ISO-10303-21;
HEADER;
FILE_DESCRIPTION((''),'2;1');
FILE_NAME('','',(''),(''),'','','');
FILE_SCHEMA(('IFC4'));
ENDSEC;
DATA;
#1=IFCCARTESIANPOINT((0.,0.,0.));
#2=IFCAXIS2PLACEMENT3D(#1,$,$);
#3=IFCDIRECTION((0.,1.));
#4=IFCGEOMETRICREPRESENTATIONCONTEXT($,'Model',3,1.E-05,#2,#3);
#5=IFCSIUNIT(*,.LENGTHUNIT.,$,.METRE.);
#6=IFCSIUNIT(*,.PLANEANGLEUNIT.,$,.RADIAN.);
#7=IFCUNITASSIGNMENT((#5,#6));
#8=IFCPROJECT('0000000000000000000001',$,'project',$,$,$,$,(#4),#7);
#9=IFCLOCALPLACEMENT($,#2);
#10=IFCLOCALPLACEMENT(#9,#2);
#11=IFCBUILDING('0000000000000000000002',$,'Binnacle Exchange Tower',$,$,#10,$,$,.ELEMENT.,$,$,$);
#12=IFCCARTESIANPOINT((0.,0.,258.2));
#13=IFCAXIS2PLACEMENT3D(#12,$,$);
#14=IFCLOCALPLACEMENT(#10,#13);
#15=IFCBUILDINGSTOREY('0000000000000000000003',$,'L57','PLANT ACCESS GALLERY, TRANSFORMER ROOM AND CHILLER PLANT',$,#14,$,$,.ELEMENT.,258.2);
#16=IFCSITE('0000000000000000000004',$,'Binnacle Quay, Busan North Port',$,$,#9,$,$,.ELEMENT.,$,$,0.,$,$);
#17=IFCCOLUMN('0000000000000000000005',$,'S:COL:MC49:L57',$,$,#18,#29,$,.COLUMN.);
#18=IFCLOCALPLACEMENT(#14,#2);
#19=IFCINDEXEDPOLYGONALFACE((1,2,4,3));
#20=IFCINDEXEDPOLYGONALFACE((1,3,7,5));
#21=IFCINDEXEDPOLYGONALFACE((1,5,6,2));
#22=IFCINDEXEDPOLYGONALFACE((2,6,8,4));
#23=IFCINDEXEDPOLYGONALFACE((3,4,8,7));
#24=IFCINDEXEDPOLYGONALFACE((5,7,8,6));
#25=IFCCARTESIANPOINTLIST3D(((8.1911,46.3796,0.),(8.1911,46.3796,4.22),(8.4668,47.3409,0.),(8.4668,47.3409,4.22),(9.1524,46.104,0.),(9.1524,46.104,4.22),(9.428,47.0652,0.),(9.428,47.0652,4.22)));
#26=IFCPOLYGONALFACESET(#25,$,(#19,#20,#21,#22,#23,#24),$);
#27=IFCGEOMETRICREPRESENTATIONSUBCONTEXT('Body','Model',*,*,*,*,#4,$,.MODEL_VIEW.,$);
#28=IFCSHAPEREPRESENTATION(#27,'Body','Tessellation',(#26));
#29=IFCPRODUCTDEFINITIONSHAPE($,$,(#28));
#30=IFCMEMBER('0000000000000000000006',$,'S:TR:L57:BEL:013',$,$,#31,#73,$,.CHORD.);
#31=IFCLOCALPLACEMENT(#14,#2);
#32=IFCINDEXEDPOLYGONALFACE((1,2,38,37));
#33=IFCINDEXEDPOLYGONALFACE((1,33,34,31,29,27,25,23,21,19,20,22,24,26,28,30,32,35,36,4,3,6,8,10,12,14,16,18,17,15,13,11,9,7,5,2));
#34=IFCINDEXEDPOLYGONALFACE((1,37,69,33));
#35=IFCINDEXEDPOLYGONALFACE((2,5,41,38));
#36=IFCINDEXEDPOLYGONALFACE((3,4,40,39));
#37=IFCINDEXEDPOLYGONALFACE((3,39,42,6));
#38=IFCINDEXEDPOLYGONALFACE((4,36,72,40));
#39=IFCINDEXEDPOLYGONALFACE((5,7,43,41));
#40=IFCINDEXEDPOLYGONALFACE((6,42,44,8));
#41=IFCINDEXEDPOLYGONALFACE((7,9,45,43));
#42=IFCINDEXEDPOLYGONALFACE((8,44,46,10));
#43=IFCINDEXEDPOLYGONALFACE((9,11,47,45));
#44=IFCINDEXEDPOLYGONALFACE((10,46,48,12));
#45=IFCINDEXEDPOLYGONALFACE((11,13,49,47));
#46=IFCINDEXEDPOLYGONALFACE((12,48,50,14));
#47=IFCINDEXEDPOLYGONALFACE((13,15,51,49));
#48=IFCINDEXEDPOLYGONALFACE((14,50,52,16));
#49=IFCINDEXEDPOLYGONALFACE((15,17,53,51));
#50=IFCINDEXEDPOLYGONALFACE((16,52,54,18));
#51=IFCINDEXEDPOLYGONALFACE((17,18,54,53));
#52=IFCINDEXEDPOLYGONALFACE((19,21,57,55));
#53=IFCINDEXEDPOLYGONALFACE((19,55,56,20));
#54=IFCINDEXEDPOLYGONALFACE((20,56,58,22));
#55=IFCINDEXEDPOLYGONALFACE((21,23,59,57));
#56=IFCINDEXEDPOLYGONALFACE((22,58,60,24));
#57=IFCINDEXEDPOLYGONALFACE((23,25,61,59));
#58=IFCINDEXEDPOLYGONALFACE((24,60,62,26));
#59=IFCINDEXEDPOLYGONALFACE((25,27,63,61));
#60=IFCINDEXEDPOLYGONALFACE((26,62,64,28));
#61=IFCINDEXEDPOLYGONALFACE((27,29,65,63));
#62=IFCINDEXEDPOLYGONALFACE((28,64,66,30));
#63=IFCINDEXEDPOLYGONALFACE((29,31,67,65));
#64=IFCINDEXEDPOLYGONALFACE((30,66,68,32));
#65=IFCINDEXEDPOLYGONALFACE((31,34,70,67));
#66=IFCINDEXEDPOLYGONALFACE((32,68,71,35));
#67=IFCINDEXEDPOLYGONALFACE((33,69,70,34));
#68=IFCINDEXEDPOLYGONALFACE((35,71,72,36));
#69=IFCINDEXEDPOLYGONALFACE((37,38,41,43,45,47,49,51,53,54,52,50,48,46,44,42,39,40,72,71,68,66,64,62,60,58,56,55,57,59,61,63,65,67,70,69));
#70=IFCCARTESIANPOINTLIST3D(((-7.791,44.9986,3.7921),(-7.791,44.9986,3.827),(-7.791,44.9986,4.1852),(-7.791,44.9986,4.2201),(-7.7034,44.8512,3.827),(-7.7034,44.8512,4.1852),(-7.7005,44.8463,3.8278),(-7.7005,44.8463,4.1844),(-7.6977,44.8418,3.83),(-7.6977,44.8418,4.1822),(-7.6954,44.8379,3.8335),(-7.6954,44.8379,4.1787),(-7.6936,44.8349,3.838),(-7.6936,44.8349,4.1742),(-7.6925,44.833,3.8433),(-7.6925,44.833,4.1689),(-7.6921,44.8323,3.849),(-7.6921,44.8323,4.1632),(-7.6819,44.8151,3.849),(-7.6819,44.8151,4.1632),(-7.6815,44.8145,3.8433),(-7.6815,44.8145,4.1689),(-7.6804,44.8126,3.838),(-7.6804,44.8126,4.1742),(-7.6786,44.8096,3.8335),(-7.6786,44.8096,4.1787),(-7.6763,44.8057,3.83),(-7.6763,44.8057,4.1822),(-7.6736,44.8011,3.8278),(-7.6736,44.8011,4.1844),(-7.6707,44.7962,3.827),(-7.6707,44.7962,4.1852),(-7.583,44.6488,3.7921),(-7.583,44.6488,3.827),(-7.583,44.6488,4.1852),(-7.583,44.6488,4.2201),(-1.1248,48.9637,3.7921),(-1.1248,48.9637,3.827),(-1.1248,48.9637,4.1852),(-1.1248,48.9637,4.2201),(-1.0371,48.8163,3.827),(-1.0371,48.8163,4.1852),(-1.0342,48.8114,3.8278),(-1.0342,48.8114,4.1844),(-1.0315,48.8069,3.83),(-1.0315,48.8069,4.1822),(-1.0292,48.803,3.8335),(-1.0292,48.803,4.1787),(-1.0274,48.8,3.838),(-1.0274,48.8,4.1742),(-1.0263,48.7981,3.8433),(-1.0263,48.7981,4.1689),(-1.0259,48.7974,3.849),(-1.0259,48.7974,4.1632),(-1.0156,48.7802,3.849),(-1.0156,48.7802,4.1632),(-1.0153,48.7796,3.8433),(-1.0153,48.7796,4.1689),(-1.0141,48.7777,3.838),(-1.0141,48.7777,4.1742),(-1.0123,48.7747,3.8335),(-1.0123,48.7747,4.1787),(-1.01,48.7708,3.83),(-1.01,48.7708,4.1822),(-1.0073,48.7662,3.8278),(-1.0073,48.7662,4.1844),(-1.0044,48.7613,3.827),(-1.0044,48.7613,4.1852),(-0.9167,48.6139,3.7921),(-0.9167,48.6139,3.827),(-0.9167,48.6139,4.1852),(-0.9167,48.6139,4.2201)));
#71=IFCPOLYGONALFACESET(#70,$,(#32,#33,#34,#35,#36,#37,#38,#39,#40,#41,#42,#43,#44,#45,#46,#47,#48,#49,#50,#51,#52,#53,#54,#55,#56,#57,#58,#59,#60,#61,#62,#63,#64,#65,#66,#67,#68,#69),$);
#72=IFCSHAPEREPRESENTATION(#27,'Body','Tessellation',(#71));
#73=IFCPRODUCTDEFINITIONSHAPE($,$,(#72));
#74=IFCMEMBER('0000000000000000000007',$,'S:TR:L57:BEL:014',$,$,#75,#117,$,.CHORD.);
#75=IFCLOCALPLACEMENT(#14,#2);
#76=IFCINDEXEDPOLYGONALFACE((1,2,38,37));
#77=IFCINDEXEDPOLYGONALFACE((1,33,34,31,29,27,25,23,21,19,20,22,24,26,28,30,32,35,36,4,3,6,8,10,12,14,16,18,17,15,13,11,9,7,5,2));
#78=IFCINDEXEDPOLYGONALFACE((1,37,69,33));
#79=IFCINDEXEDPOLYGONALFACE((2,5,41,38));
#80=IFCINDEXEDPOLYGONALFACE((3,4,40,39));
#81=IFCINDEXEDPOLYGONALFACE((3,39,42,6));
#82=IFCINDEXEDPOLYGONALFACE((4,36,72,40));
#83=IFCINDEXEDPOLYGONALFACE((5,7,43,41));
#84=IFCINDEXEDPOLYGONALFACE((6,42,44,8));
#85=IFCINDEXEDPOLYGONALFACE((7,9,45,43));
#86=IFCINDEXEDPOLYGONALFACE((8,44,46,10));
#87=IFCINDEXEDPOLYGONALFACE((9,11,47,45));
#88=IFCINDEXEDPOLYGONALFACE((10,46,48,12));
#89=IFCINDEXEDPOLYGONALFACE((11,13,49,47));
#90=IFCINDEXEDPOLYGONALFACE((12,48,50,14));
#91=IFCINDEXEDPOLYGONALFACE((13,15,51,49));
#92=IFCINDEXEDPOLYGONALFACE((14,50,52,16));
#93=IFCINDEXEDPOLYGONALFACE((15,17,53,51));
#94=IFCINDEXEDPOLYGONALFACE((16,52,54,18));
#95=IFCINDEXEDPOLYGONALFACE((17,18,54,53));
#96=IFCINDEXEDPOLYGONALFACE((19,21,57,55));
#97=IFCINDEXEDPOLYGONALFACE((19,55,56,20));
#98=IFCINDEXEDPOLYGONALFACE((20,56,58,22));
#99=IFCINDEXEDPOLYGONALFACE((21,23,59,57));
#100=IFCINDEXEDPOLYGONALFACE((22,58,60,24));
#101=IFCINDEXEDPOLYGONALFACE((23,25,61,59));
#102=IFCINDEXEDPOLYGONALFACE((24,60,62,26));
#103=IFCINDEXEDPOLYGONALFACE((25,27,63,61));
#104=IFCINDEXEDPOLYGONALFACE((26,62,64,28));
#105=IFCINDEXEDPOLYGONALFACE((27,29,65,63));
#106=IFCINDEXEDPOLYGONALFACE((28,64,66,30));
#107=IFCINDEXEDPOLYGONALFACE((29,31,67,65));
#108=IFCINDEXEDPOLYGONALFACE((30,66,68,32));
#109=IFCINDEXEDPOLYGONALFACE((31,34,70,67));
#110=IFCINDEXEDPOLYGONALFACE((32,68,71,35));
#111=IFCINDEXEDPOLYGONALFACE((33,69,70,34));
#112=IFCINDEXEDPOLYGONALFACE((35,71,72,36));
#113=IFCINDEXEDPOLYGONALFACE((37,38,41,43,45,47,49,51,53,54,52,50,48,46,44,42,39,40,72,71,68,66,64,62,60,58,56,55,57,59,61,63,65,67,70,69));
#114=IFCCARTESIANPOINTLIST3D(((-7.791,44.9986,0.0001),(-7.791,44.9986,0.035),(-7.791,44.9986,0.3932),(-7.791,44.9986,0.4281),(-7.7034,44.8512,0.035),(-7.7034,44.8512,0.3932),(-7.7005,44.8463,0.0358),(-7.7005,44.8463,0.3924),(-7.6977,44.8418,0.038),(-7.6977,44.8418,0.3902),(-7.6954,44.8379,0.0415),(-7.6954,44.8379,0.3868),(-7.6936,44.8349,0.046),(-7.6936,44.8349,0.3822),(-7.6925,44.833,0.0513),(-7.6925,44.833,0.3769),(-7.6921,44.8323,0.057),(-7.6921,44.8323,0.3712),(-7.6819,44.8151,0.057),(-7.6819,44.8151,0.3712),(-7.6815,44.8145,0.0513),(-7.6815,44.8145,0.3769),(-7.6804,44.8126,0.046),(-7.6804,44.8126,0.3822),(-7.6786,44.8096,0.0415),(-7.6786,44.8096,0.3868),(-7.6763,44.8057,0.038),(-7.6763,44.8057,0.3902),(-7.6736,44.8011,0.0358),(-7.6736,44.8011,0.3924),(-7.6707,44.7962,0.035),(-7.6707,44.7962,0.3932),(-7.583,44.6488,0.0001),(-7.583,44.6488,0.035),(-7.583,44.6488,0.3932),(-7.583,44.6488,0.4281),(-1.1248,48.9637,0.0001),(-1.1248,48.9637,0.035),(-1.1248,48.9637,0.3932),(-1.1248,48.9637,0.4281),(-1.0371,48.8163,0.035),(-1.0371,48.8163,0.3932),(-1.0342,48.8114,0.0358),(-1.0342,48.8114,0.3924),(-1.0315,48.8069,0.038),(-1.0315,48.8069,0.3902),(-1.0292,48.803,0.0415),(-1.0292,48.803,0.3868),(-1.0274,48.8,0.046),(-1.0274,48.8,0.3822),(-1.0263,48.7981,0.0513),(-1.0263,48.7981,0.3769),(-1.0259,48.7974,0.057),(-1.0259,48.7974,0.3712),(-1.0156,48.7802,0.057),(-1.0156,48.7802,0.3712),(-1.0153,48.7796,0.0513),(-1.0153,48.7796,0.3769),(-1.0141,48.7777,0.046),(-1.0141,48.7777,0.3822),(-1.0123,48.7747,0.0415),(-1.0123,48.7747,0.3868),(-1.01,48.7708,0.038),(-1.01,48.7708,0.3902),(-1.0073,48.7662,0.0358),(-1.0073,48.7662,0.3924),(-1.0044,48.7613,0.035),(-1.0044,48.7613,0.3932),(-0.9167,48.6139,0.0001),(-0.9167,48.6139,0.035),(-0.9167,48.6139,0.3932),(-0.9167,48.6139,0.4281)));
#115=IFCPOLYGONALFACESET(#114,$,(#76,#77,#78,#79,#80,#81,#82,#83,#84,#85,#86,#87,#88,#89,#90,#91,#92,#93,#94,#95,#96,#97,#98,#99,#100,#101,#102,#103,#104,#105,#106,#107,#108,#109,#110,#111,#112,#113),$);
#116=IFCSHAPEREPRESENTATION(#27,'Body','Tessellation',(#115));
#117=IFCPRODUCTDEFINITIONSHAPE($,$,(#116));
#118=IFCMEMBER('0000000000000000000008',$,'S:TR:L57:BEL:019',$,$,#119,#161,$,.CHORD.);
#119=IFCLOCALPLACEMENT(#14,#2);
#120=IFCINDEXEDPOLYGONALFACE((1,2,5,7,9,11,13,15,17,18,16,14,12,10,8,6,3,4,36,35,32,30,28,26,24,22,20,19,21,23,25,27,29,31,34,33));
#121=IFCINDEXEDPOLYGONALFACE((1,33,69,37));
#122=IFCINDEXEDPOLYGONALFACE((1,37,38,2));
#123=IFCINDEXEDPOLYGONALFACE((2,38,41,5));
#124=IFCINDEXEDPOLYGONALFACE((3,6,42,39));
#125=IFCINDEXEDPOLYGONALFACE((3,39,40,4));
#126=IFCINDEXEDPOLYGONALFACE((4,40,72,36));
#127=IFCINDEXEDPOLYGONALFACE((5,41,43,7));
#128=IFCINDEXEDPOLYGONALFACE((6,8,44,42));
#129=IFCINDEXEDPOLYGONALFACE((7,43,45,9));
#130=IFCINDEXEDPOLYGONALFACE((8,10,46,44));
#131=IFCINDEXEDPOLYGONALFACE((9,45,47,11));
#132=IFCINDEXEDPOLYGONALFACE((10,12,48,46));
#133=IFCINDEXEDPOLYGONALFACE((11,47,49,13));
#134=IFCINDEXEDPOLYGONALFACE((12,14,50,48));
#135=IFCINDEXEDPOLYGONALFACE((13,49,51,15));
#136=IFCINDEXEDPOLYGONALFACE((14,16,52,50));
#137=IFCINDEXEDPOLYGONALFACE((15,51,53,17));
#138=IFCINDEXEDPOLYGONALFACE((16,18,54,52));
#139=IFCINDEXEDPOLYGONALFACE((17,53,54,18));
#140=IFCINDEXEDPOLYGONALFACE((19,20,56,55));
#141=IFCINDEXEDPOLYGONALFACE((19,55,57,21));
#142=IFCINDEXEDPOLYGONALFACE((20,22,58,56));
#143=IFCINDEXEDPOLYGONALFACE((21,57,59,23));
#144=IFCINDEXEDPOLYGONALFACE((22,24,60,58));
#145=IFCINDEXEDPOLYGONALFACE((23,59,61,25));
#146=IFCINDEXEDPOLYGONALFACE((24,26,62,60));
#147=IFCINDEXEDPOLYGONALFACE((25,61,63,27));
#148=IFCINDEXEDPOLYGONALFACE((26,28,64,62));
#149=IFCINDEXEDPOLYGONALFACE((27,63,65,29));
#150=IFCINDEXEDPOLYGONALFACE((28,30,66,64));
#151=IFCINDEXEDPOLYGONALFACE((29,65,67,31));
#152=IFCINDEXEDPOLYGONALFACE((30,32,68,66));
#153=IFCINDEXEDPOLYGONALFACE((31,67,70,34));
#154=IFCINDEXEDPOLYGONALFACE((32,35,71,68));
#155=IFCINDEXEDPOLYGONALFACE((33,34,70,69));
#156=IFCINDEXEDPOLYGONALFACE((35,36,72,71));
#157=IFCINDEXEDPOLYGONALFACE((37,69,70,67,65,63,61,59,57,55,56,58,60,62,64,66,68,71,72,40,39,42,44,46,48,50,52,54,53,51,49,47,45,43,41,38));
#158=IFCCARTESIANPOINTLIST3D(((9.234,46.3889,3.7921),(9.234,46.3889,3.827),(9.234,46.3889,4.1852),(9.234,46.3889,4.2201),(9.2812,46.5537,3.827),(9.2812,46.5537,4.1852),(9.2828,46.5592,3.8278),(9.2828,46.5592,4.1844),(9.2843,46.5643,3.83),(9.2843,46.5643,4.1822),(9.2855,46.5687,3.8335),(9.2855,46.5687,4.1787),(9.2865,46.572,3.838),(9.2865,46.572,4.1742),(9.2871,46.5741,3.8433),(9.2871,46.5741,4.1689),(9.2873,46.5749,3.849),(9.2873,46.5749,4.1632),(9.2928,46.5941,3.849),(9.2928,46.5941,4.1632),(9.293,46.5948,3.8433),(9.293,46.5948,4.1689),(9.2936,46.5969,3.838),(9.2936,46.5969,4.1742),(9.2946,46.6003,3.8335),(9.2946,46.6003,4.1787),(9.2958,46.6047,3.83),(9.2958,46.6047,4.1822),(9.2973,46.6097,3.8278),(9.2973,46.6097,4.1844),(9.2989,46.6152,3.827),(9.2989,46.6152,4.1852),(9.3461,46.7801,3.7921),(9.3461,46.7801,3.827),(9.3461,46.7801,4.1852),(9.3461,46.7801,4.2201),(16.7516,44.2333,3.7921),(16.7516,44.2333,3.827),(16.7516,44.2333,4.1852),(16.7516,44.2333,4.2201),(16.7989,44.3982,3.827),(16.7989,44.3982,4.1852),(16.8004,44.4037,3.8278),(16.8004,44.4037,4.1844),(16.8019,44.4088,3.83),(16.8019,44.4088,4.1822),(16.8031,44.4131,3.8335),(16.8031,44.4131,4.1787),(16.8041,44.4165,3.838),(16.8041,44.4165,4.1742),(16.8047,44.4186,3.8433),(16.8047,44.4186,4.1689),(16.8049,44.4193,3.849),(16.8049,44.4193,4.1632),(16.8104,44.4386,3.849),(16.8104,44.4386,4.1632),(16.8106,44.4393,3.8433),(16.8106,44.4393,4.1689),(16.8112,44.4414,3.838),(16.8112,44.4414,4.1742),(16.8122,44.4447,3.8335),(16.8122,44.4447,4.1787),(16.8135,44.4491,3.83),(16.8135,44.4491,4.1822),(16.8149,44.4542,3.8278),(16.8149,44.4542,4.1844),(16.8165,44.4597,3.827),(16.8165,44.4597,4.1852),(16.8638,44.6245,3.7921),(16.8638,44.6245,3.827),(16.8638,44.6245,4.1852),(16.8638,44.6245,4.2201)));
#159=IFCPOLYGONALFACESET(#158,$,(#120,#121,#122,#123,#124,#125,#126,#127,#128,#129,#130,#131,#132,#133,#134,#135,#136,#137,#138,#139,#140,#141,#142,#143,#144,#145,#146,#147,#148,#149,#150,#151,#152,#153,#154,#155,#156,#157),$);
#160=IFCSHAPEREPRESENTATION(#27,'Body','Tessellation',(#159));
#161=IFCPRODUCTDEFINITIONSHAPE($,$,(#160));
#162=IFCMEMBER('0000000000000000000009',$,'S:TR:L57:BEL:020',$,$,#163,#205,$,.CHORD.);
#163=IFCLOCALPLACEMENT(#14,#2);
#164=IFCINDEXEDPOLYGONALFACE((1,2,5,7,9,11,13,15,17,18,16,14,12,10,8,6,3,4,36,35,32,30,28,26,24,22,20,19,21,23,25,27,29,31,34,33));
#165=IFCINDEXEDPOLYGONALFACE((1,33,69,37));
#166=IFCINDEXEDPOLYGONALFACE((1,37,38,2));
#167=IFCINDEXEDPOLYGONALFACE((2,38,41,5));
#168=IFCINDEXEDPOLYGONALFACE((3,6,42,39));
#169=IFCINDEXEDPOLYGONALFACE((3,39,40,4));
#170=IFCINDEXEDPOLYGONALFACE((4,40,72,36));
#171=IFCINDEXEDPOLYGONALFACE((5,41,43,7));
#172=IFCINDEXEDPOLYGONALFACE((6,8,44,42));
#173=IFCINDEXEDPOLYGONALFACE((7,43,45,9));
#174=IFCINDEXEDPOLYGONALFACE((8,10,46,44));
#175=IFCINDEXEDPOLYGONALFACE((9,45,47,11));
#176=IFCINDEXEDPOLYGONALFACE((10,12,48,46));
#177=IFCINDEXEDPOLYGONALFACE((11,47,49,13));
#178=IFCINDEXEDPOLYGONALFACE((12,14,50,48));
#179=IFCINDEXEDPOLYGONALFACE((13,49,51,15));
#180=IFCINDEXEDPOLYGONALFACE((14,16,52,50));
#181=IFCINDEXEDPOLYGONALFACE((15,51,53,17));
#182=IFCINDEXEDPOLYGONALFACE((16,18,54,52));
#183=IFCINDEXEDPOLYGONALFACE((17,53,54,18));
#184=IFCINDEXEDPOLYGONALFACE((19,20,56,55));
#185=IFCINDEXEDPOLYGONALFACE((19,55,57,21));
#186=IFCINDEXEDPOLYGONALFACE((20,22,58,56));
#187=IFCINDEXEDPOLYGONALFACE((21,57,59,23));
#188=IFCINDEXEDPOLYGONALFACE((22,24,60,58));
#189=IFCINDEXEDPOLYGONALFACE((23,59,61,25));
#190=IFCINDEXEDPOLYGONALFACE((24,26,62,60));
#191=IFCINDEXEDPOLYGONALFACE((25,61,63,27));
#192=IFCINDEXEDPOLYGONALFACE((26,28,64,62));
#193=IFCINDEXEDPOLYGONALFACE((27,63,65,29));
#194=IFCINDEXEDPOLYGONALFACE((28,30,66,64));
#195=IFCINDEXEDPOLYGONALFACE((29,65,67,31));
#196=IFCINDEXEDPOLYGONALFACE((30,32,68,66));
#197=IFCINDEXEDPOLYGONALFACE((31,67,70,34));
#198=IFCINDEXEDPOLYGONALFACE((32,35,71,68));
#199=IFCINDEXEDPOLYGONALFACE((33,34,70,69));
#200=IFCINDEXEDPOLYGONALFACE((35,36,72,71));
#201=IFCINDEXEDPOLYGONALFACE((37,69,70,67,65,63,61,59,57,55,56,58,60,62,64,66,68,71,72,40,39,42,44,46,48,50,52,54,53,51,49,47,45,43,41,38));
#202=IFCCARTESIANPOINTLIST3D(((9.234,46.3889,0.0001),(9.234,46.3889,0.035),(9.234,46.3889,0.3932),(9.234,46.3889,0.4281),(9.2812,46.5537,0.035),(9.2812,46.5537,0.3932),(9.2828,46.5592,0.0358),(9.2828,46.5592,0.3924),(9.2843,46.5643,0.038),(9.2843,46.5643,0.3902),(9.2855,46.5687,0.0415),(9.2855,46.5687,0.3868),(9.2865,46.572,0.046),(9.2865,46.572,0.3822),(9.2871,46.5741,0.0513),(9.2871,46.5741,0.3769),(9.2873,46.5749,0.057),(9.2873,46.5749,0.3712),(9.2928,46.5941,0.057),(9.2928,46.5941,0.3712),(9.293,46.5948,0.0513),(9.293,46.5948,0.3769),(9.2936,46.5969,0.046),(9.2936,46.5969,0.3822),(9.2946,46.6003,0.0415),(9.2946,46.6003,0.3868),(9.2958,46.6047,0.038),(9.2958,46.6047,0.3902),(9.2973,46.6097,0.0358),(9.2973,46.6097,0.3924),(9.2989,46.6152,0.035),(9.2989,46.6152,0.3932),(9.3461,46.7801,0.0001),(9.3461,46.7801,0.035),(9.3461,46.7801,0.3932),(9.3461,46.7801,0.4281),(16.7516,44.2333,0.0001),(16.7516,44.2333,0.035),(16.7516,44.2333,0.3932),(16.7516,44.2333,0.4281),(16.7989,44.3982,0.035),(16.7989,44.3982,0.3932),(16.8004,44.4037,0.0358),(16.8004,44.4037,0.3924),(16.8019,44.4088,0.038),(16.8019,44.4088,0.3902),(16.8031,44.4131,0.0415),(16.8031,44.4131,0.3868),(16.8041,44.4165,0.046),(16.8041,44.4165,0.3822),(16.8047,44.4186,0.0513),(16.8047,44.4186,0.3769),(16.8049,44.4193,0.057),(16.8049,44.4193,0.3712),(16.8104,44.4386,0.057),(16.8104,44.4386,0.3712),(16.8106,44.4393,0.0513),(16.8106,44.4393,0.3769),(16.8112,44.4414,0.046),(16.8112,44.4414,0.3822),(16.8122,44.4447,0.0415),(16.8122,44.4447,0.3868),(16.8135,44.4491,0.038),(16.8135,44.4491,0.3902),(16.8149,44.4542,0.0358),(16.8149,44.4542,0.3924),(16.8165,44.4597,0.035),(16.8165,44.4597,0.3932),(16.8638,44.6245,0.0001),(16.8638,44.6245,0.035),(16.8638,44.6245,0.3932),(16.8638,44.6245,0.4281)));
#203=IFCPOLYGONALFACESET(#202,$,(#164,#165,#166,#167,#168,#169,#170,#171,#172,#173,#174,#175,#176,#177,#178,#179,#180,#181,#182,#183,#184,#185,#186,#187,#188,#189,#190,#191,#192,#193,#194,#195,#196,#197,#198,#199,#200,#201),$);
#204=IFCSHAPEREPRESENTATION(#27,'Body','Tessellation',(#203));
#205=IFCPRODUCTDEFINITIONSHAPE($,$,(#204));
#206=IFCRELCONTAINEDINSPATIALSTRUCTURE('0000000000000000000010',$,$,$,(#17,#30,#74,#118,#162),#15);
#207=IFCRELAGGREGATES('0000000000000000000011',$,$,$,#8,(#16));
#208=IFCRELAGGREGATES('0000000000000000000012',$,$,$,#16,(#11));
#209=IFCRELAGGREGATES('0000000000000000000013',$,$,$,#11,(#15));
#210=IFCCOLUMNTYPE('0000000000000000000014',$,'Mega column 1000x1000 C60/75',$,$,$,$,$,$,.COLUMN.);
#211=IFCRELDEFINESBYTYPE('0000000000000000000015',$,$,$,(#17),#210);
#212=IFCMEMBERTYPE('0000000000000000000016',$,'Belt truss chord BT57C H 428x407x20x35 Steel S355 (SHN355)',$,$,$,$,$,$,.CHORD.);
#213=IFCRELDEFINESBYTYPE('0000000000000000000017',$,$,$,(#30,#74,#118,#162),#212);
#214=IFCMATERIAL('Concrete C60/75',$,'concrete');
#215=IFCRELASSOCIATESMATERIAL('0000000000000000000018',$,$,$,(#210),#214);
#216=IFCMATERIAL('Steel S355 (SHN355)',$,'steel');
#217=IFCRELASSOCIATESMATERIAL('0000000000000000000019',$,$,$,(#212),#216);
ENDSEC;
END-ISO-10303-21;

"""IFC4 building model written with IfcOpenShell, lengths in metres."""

from ifc_helpers import new_model, si_unit, direction, frame, origin, origin_2d, place, context, subcontext, project, spatial, rectangle, i_section, extrude, material, material_profile, profile_set, type_object, element, save


model = new_model("IFC4")

# Units and contexts
model_context = context("Model", 3, precision=1e-05, world=origin(), true_north=direction((0.0, 1.0)))
body_context = subcontext(model_context, "Body", "Model", "MODEL_VIEW")
ifc_project = project(units=[si_unit("LENGTHUNIT", "METRE"), si_unit("PLANEANGLEUNIT", "RADIAN")], contexts=[model_context])

# Site, building, storey
site_placement = place(None, origin())
site = spatial("IfcSite", under=ifc_project, at=site_placement, Name="Binnacle Quay, Busan North Port", CompositionType="ELEMENT", RefElevation=0.0)
building_placement = place(site_placement, origin())
building = spatial("IfcBuilding", under=site, at=building_placement, Name="Binnacle Exchange Tower", CompositionType="ELEMENT")
storey_placement = place(building_placement, frame((0.0, 0.0, 258.2)))
storey = spatial("IfcBuildingStorey", under=building, at=storey_placement, Name="L57", Description="PLANT ACCESS GALLERY, TRANSFORMER ROOM AND CHILLER PLANT", CompositionType="ELEMENT", Elevation=258.2)

# Column
ifc_material_1 = material(Name="Concrete C60/75", Category="concrete")
ifc_material_profile_1 = material_profile(ifc_material_1, rectangle(XDim=1.0, YDim=1.0, at=origin_2d()), Name="Mega column 1000x1000 C60/75")
ifc_profile_set_1 = profile_set([ifc_material_profile_1], Name="Concrete C60/75")
column_type = type_object("IfcColumnType", Name="Mega column 1000x1000 C60/75", PredefinedType="COLUMN", material=ifc_profile_set_1)
column_placement = place(storey_placement, frame((8.8096, 46.7224, 0.0), z_axis=(0.0, 0.0, 1.0), x_axis=(0.961262, -0.275637, 0.0)))
element("IfcColumn", 1, at=column_placement, inside=storey, type_object=column_type, Name="S:COL:MC49:L57", PredefinedType="COLUMN", context=body_context, shape_type="SweptSolid", body=[
    extrude(rectangle(XDim=1.0, YDim=1.0, at=origin_2d()), origin(), (0.0, 0.0, 1.0), 4.22),
])

# Members
ifc_material_2 = material(Name="Steel S355 (SHN355)", Category="steel")
ifc_material_profile_2 = material_profile(ifc_material_2, i_section(OverallWidth=0.407, OverallDepth=0.428, WebThickness=0.02, FlangeThickness=0.0349, FilletRadius=0.022, at=origin_2d()), Name="H 428x407x20x35")
ifc_profile_set_2 = profile_set([ifc_material_profile_2], Name="Steel S355 (SHN355)")
member_type_1 = type_object("IfcMemberType", Name="Belt truss chord BT57C H 428x407x20x35 Steel S355 (SHN355)", PredefinedType="CHORD", material=ifc_profile_set_2)
for number, where, z_axis, x_axis, name in (
    (2, (-7.687, 44.8237, 4.0061), (0.859459, 0.511205, 0.0), (-0.511205, 0.859459, 0.0), "S:TR:L57:BEL:013"),
    (3, (-7.687, 44.8237, 0.2141), (0.859459, 0.511205, 0.0), (-0.511205, 0.859459, 0.0), "S:TR:L57:BEL:014"),
):
    element("IfcMember", number, at=place(storey_placement, frame(where, z_axis=z_axis, x_axis=x_axis)), inside=storey, type_object=member_type_1, Name=name, PredefinedType="CHORD", context=body_context, shape_type="SweptSolid", body=[
        extrude(i_section(OverallWidth=0.407, OverallDepth=0.428, WebThickness=0.02, FlangeThickness=0.0349, FilletRadius=0.022, at=origin_2d()), origin(), (0.0, 0.0, 1.0), 7.7563),
    ])
for number, where, z_axis, x_axis, name in (
    (4, (9.29, 46.5845, 4.0061), (0.961266, -0.275624, 0.0), (0.275624, 0.961266, 0.0), "S:TR:L57:BEL:019"),
    (5, (9.29, 46.5845, 0.2141), (0.961266, -0.275624, 0.0), (0.275624, 0.961266, 0.0), "S:TR:L57:BEL:020"),
):
    element("IfcMember", number, at=place(storey_placement, frame(where, z_axis=z_axis, x_axis=x_axis)), inside=storey, type_object=member_type_1, Name=name, PredefinedType="CHORD", context=body_context, shape_type="SweptSolid", body=[
        extrude(i_section(OverallWidth=0.407, OverallDepth=0.428, WebThickness=0.02, FlangeThickness=0.0349, FilletRadius=0.022, at=origin_2d()), origin(), (0.0, 0.0, 1.0), 7.8206),
    ])

save(model, "model.ifc")
